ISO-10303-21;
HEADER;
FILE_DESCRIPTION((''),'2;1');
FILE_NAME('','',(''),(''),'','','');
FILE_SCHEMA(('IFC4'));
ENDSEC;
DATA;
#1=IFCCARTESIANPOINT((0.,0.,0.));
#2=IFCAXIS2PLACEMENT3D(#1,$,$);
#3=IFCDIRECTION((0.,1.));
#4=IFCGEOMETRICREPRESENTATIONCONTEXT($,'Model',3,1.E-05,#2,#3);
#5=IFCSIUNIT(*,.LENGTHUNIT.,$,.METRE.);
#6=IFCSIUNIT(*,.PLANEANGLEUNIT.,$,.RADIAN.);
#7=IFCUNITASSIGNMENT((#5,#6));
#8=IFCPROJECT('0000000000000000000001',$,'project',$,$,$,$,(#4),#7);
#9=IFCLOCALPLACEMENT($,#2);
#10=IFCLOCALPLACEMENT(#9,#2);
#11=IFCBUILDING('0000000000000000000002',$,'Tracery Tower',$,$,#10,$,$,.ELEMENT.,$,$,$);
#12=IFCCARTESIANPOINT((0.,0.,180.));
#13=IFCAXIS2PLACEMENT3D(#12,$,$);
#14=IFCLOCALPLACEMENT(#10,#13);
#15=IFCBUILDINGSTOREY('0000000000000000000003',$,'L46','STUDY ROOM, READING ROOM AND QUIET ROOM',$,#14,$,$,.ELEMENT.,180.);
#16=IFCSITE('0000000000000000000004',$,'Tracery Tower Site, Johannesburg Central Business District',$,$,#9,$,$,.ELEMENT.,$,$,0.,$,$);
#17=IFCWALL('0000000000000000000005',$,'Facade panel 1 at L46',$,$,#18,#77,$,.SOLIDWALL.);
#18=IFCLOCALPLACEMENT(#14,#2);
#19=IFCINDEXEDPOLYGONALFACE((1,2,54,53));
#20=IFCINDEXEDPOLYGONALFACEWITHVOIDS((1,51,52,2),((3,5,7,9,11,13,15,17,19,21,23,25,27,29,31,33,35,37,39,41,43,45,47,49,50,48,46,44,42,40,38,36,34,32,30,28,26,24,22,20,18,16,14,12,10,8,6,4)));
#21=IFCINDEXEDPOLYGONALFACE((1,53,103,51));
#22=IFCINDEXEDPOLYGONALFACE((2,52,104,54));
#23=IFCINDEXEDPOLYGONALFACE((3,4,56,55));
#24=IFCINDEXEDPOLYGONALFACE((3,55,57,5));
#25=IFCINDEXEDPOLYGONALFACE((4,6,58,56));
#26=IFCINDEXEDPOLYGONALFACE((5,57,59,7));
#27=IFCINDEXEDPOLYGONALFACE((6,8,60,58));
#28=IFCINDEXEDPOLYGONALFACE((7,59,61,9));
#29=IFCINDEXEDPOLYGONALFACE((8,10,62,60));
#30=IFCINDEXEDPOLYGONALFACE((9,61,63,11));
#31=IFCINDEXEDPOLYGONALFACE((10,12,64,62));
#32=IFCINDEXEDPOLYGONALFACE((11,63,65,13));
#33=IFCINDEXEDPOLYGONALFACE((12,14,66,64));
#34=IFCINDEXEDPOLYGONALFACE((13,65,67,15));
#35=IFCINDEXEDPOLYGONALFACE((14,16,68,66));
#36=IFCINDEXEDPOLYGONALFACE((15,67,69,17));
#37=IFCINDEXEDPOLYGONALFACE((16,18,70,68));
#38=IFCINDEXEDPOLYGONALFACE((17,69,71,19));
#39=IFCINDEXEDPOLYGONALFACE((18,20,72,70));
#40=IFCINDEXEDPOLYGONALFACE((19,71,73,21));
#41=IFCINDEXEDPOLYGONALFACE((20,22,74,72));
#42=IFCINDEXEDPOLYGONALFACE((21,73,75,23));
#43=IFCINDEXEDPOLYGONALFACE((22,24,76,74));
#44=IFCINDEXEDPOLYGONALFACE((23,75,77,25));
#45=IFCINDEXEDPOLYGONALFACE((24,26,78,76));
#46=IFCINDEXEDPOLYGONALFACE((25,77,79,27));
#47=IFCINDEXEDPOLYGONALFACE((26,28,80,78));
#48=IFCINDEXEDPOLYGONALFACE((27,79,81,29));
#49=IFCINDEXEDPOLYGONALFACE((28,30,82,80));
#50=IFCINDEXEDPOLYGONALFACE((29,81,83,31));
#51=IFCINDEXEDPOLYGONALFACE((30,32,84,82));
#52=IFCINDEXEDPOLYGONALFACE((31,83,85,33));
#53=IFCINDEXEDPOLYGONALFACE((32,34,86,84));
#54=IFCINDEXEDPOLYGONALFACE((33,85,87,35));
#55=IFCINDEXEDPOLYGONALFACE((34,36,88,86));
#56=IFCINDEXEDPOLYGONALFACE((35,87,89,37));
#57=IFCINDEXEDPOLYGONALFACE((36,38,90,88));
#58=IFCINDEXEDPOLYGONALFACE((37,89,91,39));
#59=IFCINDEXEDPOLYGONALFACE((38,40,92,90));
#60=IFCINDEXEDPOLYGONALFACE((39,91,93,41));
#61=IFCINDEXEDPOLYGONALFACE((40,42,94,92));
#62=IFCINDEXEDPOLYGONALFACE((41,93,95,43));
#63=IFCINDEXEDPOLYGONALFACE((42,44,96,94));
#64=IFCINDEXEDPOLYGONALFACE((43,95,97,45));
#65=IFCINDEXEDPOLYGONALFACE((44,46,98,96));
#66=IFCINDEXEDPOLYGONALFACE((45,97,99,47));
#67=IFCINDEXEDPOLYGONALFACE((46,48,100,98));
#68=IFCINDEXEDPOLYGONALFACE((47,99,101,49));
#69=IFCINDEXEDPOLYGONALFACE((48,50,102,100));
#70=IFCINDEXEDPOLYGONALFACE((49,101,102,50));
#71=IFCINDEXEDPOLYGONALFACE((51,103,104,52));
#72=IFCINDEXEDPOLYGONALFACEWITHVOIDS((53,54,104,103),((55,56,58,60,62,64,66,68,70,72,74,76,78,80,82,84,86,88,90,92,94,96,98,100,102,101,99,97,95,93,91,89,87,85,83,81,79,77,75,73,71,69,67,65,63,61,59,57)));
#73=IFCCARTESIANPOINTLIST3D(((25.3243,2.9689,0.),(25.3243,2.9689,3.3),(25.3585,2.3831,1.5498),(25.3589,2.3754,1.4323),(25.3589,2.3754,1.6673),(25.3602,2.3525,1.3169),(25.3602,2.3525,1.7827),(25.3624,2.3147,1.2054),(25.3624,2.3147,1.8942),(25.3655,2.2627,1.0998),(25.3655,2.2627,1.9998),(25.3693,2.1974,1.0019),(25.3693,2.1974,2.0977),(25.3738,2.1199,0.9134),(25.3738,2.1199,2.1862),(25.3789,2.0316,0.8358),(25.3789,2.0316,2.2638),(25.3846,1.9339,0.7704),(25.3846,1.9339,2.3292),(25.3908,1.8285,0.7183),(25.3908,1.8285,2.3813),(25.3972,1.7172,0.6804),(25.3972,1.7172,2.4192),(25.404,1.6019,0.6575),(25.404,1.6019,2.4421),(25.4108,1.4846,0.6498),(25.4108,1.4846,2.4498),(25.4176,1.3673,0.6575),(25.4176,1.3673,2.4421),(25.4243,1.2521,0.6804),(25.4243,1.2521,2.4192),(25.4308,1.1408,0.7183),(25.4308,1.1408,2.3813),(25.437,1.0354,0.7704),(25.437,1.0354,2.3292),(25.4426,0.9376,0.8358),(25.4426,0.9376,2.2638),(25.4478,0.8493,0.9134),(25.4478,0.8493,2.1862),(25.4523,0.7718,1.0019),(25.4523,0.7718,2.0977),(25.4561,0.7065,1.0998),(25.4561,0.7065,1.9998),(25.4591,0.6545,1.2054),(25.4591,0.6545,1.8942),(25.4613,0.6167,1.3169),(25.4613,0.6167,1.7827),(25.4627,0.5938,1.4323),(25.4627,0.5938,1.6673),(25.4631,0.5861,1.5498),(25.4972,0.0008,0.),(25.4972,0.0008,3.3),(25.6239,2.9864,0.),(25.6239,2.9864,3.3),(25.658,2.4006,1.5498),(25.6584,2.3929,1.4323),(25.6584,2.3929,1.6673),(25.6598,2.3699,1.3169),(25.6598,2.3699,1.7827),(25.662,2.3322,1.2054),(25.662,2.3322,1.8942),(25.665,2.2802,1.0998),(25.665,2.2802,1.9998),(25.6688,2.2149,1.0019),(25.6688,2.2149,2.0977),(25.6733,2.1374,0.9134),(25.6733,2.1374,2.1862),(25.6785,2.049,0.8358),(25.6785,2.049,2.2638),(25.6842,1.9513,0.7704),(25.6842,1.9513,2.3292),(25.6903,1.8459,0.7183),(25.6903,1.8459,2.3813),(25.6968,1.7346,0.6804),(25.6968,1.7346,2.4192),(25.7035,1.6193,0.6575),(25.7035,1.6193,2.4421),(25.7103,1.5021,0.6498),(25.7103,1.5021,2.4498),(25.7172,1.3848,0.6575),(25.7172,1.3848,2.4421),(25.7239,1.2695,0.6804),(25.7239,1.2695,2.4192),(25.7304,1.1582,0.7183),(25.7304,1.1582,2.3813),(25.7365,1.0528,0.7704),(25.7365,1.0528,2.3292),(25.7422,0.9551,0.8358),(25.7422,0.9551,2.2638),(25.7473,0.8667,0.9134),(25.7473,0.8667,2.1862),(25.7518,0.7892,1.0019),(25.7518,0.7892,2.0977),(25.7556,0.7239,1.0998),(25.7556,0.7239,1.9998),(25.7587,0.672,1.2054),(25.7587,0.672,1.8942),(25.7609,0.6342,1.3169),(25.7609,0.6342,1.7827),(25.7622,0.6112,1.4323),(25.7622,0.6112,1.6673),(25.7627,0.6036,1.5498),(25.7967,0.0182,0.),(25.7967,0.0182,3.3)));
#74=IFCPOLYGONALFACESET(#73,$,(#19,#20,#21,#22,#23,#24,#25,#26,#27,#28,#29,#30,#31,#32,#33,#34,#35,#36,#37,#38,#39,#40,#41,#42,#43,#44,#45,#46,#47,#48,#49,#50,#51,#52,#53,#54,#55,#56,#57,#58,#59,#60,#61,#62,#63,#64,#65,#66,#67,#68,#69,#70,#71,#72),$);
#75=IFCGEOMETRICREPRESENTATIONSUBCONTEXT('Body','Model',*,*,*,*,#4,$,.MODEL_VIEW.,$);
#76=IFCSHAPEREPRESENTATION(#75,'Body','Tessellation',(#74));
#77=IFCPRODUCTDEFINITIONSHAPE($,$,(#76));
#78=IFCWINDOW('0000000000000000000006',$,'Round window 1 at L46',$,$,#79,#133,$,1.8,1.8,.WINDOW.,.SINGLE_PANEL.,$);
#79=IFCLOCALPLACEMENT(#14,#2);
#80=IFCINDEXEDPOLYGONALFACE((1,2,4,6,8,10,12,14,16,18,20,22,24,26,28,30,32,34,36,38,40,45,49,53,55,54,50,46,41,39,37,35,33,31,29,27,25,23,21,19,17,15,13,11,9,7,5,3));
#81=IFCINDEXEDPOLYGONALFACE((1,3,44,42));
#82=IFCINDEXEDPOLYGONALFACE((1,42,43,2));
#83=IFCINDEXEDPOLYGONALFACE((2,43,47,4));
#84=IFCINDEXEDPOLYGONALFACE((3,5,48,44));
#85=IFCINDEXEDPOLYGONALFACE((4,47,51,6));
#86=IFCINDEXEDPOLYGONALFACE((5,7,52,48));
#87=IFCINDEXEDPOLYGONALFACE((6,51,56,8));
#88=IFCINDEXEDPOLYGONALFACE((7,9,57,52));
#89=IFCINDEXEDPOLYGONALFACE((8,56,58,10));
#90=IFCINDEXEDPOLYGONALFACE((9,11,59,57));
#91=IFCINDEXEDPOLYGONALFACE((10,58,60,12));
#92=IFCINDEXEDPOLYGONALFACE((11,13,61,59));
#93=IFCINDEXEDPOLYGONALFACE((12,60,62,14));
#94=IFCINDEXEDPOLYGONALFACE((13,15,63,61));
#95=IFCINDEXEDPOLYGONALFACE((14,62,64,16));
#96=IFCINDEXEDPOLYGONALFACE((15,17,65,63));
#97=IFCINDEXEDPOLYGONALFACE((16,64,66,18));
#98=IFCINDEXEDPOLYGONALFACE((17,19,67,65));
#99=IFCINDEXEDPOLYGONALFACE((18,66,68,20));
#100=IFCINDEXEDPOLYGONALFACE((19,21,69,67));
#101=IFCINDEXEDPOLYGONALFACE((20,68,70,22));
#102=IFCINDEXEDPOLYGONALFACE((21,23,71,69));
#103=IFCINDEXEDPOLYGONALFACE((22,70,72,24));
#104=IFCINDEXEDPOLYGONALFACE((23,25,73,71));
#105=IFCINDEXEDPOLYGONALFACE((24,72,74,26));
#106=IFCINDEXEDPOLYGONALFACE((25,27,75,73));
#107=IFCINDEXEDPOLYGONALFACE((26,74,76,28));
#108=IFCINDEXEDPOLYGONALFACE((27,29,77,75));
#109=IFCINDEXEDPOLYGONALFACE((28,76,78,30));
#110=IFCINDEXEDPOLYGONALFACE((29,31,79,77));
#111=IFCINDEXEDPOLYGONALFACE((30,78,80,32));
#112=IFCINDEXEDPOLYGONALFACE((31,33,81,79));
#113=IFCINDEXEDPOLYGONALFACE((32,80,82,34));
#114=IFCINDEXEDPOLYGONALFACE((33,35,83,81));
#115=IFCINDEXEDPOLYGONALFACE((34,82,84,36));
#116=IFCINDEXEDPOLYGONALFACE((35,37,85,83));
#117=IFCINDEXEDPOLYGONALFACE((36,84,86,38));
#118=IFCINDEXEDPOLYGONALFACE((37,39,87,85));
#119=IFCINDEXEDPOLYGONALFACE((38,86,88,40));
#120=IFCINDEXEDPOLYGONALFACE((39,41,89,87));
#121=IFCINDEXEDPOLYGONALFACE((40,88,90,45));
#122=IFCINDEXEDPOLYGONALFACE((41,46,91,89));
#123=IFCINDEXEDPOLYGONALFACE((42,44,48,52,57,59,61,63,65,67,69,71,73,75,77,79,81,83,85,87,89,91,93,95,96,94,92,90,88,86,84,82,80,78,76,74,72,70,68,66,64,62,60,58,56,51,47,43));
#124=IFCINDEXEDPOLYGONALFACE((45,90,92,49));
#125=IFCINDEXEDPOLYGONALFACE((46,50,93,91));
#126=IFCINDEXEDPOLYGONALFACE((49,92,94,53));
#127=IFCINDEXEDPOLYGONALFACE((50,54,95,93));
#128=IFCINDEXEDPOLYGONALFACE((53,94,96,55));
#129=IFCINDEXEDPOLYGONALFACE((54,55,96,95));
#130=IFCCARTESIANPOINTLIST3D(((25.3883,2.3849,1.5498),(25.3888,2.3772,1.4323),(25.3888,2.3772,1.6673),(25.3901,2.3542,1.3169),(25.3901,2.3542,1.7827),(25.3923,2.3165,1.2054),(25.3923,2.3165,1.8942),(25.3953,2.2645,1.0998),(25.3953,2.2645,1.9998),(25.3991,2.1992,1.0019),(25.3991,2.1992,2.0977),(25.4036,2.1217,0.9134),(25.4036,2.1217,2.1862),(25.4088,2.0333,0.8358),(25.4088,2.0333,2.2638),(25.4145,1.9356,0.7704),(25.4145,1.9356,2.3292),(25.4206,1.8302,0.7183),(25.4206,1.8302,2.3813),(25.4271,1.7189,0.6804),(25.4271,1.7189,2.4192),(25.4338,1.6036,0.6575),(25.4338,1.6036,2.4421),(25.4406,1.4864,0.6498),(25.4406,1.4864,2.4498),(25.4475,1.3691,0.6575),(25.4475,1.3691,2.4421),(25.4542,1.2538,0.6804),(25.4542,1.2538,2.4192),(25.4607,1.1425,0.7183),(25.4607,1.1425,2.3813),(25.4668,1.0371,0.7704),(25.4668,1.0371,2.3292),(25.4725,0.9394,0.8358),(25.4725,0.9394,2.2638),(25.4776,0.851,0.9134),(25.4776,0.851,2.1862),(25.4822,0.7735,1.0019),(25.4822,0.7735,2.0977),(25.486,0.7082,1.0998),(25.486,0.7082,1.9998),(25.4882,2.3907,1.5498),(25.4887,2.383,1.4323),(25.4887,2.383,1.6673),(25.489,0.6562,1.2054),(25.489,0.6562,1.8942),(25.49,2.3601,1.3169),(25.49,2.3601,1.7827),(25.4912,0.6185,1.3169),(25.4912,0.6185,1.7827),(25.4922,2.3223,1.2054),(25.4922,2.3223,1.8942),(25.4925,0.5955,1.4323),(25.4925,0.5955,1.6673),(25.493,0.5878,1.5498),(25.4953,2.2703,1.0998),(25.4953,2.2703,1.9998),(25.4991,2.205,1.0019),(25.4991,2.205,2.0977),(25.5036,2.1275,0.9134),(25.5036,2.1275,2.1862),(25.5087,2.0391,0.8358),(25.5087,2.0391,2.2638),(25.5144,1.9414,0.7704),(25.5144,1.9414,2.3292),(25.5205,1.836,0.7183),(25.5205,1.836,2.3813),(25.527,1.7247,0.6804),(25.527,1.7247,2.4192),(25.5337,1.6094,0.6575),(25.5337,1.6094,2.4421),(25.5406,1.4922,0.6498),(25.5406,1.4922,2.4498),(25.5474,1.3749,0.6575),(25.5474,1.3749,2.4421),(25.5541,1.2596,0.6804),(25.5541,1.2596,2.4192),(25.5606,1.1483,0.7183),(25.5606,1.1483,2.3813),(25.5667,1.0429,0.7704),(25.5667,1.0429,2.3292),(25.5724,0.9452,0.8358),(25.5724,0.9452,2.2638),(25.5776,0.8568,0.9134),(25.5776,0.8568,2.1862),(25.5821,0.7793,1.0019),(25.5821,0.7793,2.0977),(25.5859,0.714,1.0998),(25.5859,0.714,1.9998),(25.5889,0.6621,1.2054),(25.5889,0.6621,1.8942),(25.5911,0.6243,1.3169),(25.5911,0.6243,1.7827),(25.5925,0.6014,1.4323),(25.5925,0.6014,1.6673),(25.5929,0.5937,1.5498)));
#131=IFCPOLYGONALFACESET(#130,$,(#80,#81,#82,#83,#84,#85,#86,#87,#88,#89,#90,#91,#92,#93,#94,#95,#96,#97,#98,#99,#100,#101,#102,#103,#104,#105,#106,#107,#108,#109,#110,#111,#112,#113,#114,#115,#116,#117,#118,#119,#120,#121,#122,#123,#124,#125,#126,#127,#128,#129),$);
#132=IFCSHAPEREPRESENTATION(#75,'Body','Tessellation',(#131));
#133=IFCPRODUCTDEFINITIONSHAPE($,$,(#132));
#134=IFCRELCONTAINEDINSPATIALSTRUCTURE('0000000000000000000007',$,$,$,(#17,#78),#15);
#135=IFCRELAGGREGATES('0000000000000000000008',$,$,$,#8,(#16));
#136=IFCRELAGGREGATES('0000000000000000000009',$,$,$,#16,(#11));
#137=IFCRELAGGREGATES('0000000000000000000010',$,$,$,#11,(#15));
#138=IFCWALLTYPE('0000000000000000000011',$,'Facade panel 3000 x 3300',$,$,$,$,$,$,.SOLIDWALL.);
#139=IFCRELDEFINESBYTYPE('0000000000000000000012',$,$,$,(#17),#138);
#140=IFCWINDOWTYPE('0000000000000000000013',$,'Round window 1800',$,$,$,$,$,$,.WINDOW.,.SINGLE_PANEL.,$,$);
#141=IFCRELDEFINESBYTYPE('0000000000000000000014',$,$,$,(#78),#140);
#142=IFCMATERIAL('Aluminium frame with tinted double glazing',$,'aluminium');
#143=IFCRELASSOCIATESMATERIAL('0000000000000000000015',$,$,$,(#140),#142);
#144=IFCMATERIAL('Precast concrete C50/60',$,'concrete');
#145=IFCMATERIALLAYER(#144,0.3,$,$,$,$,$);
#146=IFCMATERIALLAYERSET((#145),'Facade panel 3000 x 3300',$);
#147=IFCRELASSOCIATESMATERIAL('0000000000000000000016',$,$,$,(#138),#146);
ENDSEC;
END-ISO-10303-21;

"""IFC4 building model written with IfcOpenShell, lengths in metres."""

from ifc_helpers import new_model, si_unit, direction, frame, frame_2d, origin, origin_2d, place, context, subcontext, project, spatial, rectangle, circle, extrude, material, layer, layer_set, type_object, element, fill, save


model = new_model("IFC4")

# Units and contexts
model_context = context("Model", 3, precision=1e-05, world=origin(), true_north=direction((0.0, 1.0)))
body_context = subcontext(model_context, "Body", "Model", "MODEL_VIEW")
ifc_project = project(units=[si_unit("LENGTHUNIT", "METRE"), si_unit("PLANEANGLEUNIT", "RADIAN")], contexts=[model_context])

# Site, building, storey
site_placement = place(None, origin())
site = spatial("IfcSite", under=ifc_project, at=site_placement, Name="Tracery Tower Site, Johannesburg Central Business District", CompositionType="ELEMENT", RefElevation=0.0)
building_placement = place(site_placement, origin())
building = spatial("IfcBuilding", under=site, at=building_placement, Name="Tracery Tower", CompositionType="ELEMENT")
storey_placement = place(building_placement, frame((0.0, 0.0, 180.0)))
storey = spatial("IfcBuildingStorey", under=building, at=storey_placement, Name="L46", Description="STUDY ROOM, READING ROOM AND QUIET ROOM", CompositionType="ELEMENT", Elevation=180.0)

# Wall, opening, window
ifc_material_1 = material(Name="Aluminium frame with tinted double glazing", Category="aluminium")
window_type = type_object("IfcWindowType", Name="Round window 1800", PartitioningType="SINGLE_PANEL", PredefinedType="WINDOW", material=ifc_material_1)
ifc_material_2 = material(Name="Precast concrete C50/60", Category="concrete")
ifc_layer_1 = layer(ifc_material_2, 0.3)
ifc_layer_set_1 = layer_set([ifc_layer_1], Name="Facade panel 3000 x 3300")
wall_type_1 = type_object("IfcWallType", Name="Facade panel 3000 x 3300", PredefinedType="SOLIDWALL", material=ifc_layer_set_1)
wall_1_placement = place(storey_placement, frame((25.647, 0.0095, 0.0), z_axis=(0.0, 0.0, 1.0), x_axis=(-0.05814, 0.998308, 0.0)))
wall_1 = element("IfcWall", 1, at=wall_1_placement, inside=storey, type_object=wall_type_1, Name="Facade panel 1 at L46", PredefinedType="SOLIDWALL", context=body_context, shape_type="SweptSolid", body=[
    extrude(rectangle(XDim=2.9731, YDim=0.3, at=frame_2d((1.4866, 0.0))), origin(), (0.0, 0.0, 1.0), 3.3),
])
opening_1_placement = place(wall_1_placement, frame((1.4863, 0.0, 1.5498)))
opening_1 = element("IfcOpeningElement", 2, at=opening_1_placement, cuts=wall_1, PredefinedType="OPENING", context=body_context, shape_type="SweptSolid", body=[
    extrude(circle(Radius=0.9, at=origin_2d()), frame((0.0, 0.1599, 0.0), z_axis=(0.0, -1.0, 0.0), x_axis=(1.0, 0.0, 0.0)), (0.0, 0.0, 1.0), 0.3201),
])
window_1_placement = place(opening_1_placement, origin())
window_1 = element("IfcWindow", 3, at=window_1_placement, inside=storey, type_object=window_type, Name="Round window 1 at L46", OverallHeight=1.8, OverallWidth=1.8, PartitioningType="SINGLE_PANEL", PredefinedType="WINDOW", context=body_context, shape_type="SweptSolid", body=[
    extrude(circle(Radius=0.9, at=origin_2d()), frame((0.0, 0.1201, 0.0), z_axis=(0.0, -1.0, 0.0), x_axis=(1.0, 0.0, 0.0)), (0.0, 0.0, 1.0), 0.1001),
])
fill(opening_1, window_1)

save(model, "model.ifc")
